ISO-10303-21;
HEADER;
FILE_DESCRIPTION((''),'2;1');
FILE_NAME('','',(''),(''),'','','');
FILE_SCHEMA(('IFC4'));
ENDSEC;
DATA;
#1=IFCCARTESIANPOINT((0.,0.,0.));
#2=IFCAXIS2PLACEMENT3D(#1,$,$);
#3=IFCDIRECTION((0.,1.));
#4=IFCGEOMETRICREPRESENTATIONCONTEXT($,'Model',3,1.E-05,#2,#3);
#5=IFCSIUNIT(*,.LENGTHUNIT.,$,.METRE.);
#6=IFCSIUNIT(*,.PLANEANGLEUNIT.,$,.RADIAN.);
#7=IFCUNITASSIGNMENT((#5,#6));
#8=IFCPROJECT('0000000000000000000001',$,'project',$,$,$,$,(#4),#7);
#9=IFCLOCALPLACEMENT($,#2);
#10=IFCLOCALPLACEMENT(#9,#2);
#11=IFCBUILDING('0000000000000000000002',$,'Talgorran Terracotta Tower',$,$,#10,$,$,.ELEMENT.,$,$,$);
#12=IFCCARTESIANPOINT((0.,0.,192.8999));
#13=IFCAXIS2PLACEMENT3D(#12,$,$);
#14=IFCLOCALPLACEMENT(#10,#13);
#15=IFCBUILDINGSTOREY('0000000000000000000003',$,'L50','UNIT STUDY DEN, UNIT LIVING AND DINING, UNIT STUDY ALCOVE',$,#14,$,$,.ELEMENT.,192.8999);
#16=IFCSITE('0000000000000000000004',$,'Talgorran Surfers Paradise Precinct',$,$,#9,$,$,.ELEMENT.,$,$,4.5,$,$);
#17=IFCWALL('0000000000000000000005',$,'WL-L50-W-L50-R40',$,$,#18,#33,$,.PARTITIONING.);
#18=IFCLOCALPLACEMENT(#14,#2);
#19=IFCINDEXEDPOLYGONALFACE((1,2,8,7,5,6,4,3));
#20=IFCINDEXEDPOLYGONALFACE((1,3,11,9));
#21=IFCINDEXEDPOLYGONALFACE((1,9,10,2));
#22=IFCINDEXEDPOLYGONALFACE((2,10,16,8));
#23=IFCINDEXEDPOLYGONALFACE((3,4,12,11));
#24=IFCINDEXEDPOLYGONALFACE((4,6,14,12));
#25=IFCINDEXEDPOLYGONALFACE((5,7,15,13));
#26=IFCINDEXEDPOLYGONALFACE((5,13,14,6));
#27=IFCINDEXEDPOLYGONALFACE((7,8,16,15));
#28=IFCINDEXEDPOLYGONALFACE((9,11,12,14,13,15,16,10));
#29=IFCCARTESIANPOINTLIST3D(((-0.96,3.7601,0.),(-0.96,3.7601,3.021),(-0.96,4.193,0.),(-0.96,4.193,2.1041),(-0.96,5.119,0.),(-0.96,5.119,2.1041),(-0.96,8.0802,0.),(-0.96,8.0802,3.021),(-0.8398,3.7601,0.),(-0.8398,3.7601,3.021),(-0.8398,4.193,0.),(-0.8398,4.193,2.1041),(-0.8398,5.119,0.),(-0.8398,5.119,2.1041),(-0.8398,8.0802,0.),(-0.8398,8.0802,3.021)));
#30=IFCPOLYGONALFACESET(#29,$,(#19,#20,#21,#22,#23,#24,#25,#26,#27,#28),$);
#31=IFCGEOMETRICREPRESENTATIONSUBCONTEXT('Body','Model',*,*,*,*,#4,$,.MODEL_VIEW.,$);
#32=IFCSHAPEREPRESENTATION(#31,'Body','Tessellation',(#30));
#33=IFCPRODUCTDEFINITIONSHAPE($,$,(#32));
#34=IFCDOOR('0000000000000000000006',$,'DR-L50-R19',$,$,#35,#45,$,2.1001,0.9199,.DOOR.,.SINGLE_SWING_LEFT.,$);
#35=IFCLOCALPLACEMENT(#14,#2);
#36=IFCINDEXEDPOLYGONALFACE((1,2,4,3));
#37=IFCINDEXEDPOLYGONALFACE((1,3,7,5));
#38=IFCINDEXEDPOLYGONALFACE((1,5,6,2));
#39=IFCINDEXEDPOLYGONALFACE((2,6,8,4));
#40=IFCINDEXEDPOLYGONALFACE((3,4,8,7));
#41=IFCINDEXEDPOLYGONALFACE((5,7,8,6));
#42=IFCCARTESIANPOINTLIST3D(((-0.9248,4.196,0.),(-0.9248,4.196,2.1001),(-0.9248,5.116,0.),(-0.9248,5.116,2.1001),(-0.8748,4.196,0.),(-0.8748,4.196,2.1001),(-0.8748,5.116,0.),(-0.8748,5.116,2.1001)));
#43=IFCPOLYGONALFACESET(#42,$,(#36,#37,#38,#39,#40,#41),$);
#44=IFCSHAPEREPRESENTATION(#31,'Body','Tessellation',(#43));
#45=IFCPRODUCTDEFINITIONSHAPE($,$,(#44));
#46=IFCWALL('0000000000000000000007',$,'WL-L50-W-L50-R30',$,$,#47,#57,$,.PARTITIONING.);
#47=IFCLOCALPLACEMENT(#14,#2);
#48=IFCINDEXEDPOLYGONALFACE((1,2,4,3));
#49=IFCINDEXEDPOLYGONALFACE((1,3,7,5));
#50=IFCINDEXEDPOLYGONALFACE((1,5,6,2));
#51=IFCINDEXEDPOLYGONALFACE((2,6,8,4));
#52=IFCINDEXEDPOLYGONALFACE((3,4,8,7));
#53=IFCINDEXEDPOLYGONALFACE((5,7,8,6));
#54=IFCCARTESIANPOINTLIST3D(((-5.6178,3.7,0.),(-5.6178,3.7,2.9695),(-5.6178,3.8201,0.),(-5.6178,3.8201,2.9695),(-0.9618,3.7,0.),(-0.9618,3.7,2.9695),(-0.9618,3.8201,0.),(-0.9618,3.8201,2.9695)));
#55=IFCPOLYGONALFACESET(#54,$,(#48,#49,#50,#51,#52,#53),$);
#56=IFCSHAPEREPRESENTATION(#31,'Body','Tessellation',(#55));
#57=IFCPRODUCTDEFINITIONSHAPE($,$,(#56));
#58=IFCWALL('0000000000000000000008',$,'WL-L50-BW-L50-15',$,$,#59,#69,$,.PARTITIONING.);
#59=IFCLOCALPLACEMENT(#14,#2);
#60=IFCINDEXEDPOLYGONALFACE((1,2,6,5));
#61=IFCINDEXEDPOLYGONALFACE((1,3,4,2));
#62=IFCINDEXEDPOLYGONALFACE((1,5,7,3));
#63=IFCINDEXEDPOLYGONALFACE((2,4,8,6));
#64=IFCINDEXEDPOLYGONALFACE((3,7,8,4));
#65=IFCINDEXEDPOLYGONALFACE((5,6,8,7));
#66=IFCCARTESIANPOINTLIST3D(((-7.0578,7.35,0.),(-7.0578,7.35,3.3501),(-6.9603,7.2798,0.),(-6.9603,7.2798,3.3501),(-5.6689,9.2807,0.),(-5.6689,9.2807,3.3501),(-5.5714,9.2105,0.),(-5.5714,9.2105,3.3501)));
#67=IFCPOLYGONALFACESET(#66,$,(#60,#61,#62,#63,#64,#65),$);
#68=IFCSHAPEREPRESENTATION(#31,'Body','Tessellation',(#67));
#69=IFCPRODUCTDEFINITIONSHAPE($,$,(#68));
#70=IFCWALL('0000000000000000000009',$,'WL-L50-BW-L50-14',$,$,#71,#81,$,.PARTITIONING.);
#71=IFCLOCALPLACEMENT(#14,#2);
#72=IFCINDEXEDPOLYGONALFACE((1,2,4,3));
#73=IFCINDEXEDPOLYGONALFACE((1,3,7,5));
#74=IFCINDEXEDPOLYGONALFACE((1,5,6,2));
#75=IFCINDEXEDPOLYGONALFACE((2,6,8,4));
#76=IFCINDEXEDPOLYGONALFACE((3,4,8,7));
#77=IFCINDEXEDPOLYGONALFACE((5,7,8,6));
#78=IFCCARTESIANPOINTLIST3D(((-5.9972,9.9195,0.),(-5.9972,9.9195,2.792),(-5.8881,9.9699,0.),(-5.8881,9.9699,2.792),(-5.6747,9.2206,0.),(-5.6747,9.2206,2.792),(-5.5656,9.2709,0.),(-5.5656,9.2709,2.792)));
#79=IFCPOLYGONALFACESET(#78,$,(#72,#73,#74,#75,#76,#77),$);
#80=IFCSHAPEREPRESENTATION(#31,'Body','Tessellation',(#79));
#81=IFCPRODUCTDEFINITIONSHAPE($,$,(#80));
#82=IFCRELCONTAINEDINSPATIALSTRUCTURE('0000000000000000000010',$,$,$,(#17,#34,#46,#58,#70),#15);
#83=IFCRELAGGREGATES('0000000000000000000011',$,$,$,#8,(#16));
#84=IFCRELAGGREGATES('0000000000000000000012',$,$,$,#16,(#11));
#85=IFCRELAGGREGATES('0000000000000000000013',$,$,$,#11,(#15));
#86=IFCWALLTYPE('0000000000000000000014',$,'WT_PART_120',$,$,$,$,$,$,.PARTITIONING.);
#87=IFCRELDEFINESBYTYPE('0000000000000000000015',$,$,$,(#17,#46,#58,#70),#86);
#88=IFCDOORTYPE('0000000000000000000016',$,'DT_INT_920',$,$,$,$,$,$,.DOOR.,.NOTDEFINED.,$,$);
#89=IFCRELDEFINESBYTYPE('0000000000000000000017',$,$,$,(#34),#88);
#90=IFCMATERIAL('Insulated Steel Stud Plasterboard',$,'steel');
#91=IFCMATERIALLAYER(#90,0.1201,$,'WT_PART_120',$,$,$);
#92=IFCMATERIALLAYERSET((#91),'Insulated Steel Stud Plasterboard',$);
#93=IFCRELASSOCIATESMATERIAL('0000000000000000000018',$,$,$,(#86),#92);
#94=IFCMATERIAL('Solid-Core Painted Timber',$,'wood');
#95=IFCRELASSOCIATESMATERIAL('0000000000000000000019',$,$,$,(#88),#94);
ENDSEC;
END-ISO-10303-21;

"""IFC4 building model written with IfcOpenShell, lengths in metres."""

from ifc_helpers import new_model, si_unit, direction, frame, frame_2d, origin, place, context, subcontext, project, spatial, rectangle, extrude, material, layer, layer_set, type_object, element, fill, save


model = new_model("IFC4")

# Units and contexts
model_context = context("Model", 3, precision=1e-05, world=origin(), true_north=direction((0.0, 1.0)))
body_context = subcontext(model_context, "Body", "Model", "MODEL_VIEW")
ifc_project = project(units=[si_unit("LENGTHUNIT", "METRE"), si_unit("PLANEANGLEUNIT", "RADIAN")], contexts=[model_context])

# Site, building, storey
site_placement = place(None, origin())
site = spatial("IfcSite", under=ifc_project, at=site_placement, Name="Talgorran Surfers Paradise Precinct", CompositionType="ELEMENT", RefElevation=4.5)
building_placement = place(site_placement, origin())
building = spatial("IfcBuilding", under=site, at=building_placement, Name="Talgorran Terracotta Tower", CompositionType="ELEMENT")
storey_placement = place(building_placement, frame((0.0, 0.0, 192.8999)))
storey = spatial("IfcBuildingStorey", under=building, at=storey_placement, Name="L50", Description="UNIT STUDY DEN, UNIT LIVING AND DINING, UNIT STUDY ALCOVE", CompositionType="ELEMENT", Elevation=192.8999)

# Shared definitions
ifc_material_1 = material(Name="Insulated Steel Stud Plasterboard", Category="steel")
ifc_layer_1 = layer(ifc_material_1, 0.1201, Name="WT_PART_120")
ifc_layer_set_1 = layer_set([ifc_layer_1], Name="Insulated Steel Stud Plasterboard")
wall_type_1 = type_object("IfcWallType", Name="WT_PART_120", PredefinedType="PARTITIONING", material=ifc_layer_set_1)
ifc_material_2 = material(Name="Solid-Core Painted Timber", Category="wood")
door_type = type_object("IfcDoorType", Name="DT_INT_920", OperationType="NOTDEFINED", PredefinedType="DOOR", material=ifc_material_2)

# Wall, opening, door
wall_1_placement = place(storey_placement, frame((-0.8999, 3.76, 0.0), z_axis=(0.0, 0.0, 1.0), x_axis=(0.0, 1.0, 0.0)))
wall_1 = element("IfcWall", 1, at=wall_1_placement, inside=storey, type_object=wall_type_1, Name="WL-L50-W-L50-R40", PredefinedType="PARTITIONING", context=body_context, shape_type="SweptSolid", body=[
    extrude(rectangle(XDim=4.3201, YDim=0.1201, at=frame_2d((2.1602, 0.0))), origin(), (0.0, 0.0, 1.0), 3.021),
])
opening_1_placement = place(wall_1_placement, frame((0.436, 0.0, 0.0)))
opening_1 = element("IfcOpeningElement", 2, at=opening_1_placement, cuts=wall_1, PredefinedType="OPENING", context=body_context, shape_type="SweptSolid", body=[
    extrude(rectangle(XDim=0.9259, YDim=2.1041, at=frame_2d((0.46, 1.052))), frame((0.0, 0.0701, 0.0), z_axis=(0.0, -1.0, 0.0), x_axis=(1.0, 0.0, 0.0)), (0.0, 0.0, 1.0), 0.1401),
])
door_1_placement = place(opening_1_placement, origin())
door_1 = element("IfcDoor", 3, at=door_1_placement, inside=storey, type_object=door_type, Name="DR-L50-R19", OperationType="SINGLE_SWING_LEFT", OverallHeight=2.1001, OverallWidth=0.9199, PredefinedType="DOOR", context=body_context, shape_type="SweptSolid", body=[
    extrude(rectangle(XDim=0.9199, YDim=2.1001, at=frame_2d((0.46, 1.05))), frame((0.0, 0.0249, 0.0), z_axis=(0.0, -1.0, 0.0), x_axis=(1.0, 0.0, 0.0)), (0.0, 0.0, 1.0), 0.05),
])
fill(opening_1, door_1)

# Walls
wall_2_placement = place(storey_placement, frame((-5.6179, 3.76, 0.0), z_axis=(0.0, 0.0, 1.0), x_axis=(1.0, 0.0, 0.0)))
element("IfcWall", 4, at=wall_2_placement, inside=storey, type_object=wall_type_1, Name="WL-L50-W-L50-R30", PredefinedType="PARTITIONING", context=body_context, shape_type="SweptSolid", body=[
    extrude(rectangle(XDim=4.656, YDim=0.1201, at=frame_2d((2.3281, 0.0))), origin(), (0.0, 0.0, 1.0), 2.9695),
])
wall_3_placement = place(storey_placement, frame((-5.6201, 9.2456, 0.0), z_axis=(0.0, 0.0, 1.0), x_axis=(-0.583983, -0.811766, 0.0)))
element("IfcWall", 5, at=wall_3_placement, inside=storey, type_object=wall_type_1, Name="WL-L50-BW-L50-15", PredefinedType="PARTITIONING", context=body_context, shape_type="SweptSolid", body=[
    extrude(rectangle(XDim=2.3784, YDim=0.1201, at=frame_2d((1.1892, 0.0))), origin(), (0.0, 0.0, 1.0), 3.3501),
])
wall_4_placement = place(storey_placement, frame((-5.9426, 9.9446, 0.0), z_axis=(0.0, 0.0, 1.0), x_axis=(0.418958, -0.908006, 0.0)))
element("IfcWall", 6, at=wall_4_placement, inside=storey, type_object=wall_type_1, Name="WL-L50-BW-L50-14", PredefinedType="PARTITIONING", context=body_context, shape_type="SweptSolid", body=[
    extrude(rectangle(XDim=0.7698, YDim=0.1201, at=frame_2d((0.3848, 0.0))), origin(), (0.0, 0.0, 1.0), 2.792),
])

save(model, "model.ifc")
